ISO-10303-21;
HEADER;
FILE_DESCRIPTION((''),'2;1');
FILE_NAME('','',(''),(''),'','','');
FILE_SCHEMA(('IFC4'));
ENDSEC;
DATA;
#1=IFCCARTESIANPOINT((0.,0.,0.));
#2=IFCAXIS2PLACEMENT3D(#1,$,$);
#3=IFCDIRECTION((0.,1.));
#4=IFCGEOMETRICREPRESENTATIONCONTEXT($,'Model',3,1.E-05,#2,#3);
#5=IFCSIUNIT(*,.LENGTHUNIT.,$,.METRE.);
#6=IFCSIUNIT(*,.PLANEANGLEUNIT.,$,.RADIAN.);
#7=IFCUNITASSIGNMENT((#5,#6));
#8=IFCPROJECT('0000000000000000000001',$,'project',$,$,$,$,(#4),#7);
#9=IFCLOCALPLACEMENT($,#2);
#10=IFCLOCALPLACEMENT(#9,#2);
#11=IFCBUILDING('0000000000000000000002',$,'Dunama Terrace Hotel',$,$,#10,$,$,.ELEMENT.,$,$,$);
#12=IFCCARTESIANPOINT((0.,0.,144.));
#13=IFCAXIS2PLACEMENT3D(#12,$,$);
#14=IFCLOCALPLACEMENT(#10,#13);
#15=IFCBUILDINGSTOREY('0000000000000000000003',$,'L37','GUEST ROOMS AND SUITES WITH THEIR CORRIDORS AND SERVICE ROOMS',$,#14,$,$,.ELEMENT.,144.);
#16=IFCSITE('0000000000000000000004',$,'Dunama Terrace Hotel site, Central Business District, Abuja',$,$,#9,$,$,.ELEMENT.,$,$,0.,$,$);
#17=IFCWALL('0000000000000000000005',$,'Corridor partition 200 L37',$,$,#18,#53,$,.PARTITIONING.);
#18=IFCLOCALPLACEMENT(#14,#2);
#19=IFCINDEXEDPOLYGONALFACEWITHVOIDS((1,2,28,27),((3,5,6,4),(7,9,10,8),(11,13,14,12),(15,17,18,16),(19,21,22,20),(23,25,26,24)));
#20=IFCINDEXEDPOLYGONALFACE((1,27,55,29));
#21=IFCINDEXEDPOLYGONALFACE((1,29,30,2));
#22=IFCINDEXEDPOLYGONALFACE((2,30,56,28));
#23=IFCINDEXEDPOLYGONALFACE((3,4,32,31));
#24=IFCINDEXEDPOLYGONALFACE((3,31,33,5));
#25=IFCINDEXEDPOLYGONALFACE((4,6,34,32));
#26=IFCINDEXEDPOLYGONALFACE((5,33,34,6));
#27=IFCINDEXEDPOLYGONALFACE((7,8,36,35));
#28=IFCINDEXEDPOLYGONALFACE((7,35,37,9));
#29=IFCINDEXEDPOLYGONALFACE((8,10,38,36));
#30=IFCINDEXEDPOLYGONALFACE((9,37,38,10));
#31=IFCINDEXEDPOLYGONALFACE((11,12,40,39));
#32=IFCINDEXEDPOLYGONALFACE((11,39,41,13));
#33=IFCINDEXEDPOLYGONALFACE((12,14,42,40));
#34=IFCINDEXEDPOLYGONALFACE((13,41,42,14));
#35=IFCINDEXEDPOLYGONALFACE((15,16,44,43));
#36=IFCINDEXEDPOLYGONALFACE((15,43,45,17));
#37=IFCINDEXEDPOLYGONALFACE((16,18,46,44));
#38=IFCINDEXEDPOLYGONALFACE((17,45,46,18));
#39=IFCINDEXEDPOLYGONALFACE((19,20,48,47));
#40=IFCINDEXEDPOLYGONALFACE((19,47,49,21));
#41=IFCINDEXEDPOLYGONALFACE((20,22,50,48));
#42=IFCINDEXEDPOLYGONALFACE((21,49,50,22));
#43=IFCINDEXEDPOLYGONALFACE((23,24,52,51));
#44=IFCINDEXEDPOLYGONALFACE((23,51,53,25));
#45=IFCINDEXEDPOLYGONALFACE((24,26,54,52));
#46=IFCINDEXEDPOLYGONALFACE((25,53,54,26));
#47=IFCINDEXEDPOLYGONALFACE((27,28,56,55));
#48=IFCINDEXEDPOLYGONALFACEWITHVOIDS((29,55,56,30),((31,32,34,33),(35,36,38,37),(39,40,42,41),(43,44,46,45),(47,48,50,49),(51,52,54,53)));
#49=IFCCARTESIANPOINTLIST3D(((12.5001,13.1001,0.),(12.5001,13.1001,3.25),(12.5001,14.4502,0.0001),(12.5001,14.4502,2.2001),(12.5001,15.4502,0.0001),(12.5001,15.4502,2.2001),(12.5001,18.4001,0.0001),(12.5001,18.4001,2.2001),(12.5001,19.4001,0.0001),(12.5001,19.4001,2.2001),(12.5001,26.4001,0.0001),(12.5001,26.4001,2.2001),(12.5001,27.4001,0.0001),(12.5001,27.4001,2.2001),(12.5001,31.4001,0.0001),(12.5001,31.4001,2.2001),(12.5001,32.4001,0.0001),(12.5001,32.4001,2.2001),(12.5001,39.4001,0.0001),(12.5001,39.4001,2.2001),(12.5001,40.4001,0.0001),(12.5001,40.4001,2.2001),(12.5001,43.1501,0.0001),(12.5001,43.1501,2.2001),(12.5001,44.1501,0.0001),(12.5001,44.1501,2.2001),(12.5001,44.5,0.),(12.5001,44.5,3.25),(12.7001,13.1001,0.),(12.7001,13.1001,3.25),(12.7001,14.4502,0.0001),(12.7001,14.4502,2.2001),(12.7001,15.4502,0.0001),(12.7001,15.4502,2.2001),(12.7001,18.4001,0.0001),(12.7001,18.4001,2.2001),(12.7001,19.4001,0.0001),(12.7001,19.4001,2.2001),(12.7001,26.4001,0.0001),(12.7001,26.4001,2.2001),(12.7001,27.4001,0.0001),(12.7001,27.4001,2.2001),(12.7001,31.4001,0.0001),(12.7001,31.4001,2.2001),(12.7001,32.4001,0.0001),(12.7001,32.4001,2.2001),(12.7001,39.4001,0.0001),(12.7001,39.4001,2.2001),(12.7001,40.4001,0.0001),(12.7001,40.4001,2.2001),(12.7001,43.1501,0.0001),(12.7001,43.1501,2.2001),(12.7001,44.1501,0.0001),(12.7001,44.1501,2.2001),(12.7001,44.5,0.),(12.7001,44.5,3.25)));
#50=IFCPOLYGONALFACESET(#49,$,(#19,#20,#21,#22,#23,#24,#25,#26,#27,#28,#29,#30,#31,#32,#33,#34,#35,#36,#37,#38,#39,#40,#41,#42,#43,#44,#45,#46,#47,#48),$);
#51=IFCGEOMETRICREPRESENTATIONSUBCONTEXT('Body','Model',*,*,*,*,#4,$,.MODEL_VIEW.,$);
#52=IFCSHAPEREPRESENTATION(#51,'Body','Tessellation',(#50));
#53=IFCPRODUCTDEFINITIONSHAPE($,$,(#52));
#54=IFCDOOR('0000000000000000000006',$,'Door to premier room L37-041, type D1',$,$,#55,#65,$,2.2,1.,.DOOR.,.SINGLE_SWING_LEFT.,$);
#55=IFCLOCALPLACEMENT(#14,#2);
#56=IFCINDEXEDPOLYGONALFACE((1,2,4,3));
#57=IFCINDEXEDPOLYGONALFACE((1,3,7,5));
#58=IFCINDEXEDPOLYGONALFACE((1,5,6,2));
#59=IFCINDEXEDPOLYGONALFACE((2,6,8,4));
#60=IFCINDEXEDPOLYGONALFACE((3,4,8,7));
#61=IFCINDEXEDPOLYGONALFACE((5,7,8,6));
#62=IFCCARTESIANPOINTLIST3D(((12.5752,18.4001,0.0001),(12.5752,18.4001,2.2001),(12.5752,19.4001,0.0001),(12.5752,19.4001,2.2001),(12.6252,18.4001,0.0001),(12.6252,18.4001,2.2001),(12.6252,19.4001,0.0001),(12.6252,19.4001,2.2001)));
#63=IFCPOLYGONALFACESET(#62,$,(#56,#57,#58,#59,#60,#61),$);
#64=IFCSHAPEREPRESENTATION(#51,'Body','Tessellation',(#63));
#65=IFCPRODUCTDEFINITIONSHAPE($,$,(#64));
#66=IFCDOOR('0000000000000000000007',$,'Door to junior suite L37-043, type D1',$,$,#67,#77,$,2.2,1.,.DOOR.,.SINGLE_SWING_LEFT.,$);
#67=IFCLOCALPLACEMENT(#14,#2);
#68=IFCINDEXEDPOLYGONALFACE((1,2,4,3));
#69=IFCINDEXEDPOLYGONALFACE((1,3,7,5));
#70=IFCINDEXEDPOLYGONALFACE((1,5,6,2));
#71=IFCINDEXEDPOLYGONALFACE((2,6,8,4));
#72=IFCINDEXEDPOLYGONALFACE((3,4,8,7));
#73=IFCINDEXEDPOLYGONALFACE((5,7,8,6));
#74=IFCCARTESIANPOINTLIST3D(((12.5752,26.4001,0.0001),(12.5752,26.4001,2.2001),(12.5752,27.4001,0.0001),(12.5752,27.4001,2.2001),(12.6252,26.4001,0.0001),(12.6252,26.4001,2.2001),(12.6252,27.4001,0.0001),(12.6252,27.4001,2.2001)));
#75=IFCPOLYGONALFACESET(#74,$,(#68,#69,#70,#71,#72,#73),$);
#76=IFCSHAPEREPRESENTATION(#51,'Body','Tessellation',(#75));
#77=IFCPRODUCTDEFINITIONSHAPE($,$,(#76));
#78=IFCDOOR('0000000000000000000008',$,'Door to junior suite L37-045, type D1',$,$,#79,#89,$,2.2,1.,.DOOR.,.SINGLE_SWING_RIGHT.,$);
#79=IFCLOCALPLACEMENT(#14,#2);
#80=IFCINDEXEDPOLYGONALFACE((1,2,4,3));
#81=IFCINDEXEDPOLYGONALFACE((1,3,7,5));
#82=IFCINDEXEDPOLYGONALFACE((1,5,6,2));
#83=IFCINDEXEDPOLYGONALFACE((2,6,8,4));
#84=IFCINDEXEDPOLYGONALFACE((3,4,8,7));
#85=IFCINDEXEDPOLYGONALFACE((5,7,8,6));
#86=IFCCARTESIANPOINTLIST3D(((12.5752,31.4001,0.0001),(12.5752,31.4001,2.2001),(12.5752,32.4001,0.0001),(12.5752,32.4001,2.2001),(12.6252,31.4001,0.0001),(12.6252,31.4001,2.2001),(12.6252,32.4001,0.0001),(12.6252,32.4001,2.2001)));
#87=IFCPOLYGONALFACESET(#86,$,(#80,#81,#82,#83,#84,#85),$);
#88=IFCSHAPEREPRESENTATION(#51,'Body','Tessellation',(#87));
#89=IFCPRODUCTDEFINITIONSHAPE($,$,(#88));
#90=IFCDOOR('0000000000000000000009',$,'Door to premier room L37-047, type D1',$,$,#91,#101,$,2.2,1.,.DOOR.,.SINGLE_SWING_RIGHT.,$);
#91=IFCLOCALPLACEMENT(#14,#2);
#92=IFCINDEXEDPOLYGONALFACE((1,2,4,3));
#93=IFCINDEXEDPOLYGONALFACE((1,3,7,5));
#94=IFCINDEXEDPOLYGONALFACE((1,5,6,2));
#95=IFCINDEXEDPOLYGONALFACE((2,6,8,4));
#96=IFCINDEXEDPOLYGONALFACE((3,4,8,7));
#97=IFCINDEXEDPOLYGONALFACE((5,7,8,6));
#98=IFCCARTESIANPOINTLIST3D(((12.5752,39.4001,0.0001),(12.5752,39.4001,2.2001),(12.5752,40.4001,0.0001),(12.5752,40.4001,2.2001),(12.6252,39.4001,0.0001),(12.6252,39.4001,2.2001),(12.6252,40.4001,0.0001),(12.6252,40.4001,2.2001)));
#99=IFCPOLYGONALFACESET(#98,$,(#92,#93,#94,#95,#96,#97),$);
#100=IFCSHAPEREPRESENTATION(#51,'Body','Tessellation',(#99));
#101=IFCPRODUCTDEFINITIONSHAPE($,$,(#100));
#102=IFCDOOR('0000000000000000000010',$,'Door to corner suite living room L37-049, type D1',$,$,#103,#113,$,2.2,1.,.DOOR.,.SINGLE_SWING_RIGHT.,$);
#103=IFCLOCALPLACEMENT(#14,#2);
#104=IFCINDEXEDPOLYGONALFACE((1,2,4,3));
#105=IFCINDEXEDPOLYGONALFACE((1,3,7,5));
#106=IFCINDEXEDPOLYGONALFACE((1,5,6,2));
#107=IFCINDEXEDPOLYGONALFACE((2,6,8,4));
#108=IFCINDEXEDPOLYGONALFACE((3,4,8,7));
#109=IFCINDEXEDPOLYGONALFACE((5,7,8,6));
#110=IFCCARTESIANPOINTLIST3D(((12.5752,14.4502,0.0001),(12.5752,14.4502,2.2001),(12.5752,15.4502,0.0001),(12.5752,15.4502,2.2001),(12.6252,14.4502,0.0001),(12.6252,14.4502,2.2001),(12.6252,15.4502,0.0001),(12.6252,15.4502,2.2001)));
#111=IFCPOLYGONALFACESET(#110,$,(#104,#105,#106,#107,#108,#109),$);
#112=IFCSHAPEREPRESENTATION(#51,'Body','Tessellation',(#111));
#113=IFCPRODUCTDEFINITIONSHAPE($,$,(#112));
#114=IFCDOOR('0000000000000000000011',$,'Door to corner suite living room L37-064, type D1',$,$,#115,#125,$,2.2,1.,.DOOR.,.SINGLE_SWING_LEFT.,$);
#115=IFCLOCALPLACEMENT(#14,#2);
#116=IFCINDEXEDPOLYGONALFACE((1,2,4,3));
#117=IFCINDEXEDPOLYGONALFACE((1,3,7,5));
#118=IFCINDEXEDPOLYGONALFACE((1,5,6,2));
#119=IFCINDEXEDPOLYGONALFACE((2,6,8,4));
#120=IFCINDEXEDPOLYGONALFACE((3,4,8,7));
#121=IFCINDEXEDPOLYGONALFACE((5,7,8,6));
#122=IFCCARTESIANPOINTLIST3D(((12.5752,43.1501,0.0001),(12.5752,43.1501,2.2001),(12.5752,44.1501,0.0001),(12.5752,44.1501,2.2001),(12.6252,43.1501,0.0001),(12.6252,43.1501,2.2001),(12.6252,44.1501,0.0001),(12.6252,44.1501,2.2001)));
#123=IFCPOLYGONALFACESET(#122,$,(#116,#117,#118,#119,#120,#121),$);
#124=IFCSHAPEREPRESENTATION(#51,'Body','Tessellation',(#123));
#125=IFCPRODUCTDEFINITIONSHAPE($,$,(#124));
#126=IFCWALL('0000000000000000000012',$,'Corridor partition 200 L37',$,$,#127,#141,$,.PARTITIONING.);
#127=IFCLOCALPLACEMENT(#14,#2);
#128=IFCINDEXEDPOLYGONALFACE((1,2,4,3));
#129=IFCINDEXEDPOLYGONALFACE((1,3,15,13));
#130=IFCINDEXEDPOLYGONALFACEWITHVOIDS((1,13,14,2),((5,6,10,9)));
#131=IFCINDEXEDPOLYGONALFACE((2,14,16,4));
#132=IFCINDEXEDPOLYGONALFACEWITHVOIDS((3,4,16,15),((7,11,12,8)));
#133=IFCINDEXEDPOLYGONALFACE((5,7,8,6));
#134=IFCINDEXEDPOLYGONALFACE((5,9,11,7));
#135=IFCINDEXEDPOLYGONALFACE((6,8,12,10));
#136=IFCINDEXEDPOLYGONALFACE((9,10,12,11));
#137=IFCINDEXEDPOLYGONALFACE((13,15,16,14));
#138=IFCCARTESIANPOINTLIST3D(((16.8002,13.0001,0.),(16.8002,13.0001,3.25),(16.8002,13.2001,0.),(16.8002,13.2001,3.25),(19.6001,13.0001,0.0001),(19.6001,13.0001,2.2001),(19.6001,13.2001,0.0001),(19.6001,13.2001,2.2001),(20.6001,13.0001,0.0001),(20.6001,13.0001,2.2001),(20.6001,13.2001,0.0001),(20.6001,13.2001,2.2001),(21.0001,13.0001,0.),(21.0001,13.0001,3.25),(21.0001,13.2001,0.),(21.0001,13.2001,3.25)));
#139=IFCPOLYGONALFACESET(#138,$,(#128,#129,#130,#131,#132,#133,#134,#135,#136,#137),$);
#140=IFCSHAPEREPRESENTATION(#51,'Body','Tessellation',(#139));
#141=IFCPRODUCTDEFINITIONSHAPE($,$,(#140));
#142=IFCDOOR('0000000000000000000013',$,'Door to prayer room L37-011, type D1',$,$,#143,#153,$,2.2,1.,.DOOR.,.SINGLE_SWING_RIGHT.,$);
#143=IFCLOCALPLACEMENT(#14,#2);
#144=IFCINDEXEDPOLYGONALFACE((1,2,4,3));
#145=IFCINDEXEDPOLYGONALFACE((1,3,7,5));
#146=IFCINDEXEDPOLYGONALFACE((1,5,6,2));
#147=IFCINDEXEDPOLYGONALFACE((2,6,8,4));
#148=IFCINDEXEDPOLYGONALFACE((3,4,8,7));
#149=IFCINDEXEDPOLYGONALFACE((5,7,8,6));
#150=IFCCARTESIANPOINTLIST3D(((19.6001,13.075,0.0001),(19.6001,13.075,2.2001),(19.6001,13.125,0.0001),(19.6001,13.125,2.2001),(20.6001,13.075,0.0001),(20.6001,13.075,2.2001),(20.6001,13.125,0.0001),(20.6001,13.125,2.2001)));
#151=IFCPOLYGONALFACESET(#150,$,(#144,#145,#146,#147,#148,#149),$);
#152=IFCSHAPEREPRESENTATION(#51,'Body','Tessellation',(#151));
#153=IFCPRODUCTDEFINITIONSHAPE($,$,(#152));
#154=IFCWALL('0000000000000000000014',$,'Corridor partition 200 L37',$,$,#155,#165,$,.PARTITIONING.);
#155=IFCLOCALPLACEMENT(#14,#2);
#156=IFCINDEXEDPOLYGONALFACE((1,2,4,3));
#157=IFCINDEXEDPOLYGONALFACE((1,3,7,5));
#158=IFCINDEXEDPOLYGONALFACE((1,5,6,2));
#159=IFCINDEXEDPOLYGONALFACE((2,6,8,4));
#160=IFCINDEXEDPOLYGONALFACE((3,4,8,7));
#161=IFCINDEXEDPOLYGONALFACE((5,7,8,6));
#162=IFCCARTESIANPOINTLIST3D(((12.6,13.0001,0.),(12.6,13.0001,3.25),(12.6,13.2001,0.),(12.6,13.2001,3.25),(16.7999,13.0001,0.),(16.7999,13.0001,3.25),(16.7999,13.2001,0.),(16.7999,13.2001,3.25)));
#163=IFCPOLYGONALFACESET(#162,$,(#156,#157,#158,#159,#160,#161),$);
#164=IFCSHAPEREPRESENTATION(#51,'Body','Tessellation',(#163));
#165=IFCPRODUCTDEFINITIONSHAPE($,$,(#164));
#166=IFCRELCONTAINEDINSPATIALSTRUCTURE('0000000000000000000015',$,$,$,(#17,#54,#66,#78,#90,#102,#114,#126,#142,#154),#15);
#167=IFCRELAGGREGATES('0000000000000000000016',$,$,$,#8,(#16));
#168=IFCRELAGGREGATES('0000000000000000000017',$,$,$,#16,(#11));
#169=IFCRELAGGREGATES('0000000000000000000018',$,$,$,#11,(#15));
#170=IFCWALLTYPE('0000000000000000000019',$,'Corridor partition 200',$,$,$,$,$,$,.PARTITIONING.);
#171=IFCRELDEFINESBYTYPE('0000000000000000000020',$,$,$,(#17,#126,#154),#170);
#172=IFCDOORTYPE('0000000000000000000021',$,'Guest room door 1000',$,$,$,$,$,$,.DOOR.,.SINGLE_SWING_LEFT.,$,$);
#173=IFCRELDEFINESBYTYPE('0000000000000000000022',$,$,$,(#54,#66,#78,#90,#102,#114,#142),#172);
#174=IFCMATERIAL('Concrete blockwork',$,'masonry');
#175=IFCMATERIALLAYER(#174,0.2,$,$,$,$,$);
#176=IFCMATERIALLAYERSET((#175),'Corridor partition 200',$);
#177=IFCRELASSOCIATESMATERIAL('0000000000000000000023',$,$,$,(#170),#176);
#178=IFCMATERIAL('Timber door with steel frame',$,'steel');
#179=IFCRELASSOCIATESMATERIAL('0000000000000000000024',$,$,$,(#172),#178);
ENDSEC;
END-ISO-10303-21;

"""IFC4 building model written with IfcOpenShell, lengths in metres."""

from ifc_helpers import new_model, si_unit, direction, frame, frame_2d, origin, place, context, subcontext, project, spatial, rectangle, extrude, material, layer, layer_set, type_object, element, fill, save


model = new_model("IFC4")

# Units and contexts
model_context = context("Model", 3, precision=1e-05, world=origin(), true_north=direction((0.0, 1.0)))
body_context = subcontext(model_context, "Body", "Model", "MODEL_VIEW")
ifc_project = project(units=[si_unit("LENGTHUNIT", "METRE"), si_unit("PLANEANGLEUNIT", "RADIAN")], contexts=[model_context])

# Site, building, storey
site_placement = place(None, origin())
site = spatial("IfcSite", under=ifc_project, at=site_placement, Name="Dunama Terrace Hotel site, Central Business District, Abuja", CompositionType="ELEMENT", RefElevation=0.0)
building_placement = place(site_placement, origin())
building = spatial("IfcBuilding", under=site, at=building_placement, Name="Dunama Terrace Hotel", CompositionType="ELEMENT")
storey_placement = place(building_placement, frame((0.0, 0.0, 144.0)))
storey = spatial("IfcBuildingStorey", under=building, at=storey_placement, Name="L37", Description="GUEST ROOMS AND SUITES WITH THEIR CORRIDORS AND SERVICE ROOMS", CompositionType="ELEMENT", Elevation=144.0)

# Wall, openings, doors
ifc_material_1 = material(Name="Concrete blockwork", Category="masonry")
ifc_layer_1 = layer(ifc_material_1, 0.2)
ifc_layer_set_1 = layer_set([ifc_layer_1], Name="Corridor partition 200")
wall_type_1 = type_object("IfcWallType", Name="Corridor partition 200", PredefinedType="PARTITIONING", material=ifc_layer_set_1)
wall_1_placement = place(storey_placement, frame((12.6001, 13.1001, 0.0), z_axis=(0.0, 0.0, 1.0), x_axis=(0.0, 1.0, 0.0)))
wall_1 = element("IfcWall", 1, at=wall_1_placement, inside=storey, type_object=wall_type_1, Name="Corridor partition 200 L37", PredefinedType="PARTITIONING", context=body_context, shape_type="SweptSolid", body=[
    extrude(rectangle(XDim=31.3999, YDim=0.2, at=frame_2d((15.7, 0.0))), origin(), (0.0, 0.0, 1.0), 3.25),
])
opening_1_placement = place(wall_1_placement, frame((5.3, 0.0, 0.0)))
opening_1 = element("IfcOpeningElement", 2, at=opening_1_placement, cuts=wall_1, PredefinedType="OPENING", context=body_context, shape_type="SweptSolid", body=[
    extrude(rectangle(XDim=1.0, YDim=2.2, at=frame_2d((0.5, 1.1001))), frame((0.0, 0.1099, 0.0), z_axis=(0.0, -1.0, 0.0), x_axis=(1.0, 0.0, 0.0)), (0.0, 0.0, 1.0), 0.22),
])
opening_2_placement = place(wall_1_placement, frame((13.3, 0.0, 0.0)))
opening_2 = element("IfcOpeningElement", 3, at=opening_2_placement, cuts=wall_1, PredefinedType="OPENING", context=body_context, shape_type="SweptSolid", body=[
    extrude(rectangle(XDim=1.0, YDim=2.2, at=frame_2d((0.5, 1.1001))), frame((0.0, 0.1099, 0.0), z_axis=(0.0, -1.0, 0.0), x_axis=(1.0, 0.0, 0.0)), (0.0, 0.0, 1.0), 0.22),
])
opening_3_placement = place(wall_1_placement, frame((18.3, 0.0, 0.0)))
opening_3 = element("IfcOpeningElement", 4, at=opening_3_placement, cuts=wall_1, PredefinedType="OPENING", context=body_context, shape_type="SweptSolid", body=[
    extrude(rectangle(XDim=1.0, YDim=2.2, at=frame_2d((0.5, 1.1001))), frame((0.0, 0.1099, 0.0), z_axis=(0.0, -1.0, 0.0), x_axis=(1.0, 0.0, 0.0)), (0.0, 0.0, 1.0), 0.22),
])
opening_4_placement = place(wall_1_placement, frame((26.3, 0.0, 0.0)))
opening_4 = element("IfcOpeningElement", 5, at=opening_4_placement, cuts=wall_1, PredefinedType="OPENING", context=body_context, shape_type="SweptSolid", body=[
    extrude(rectangle(XDim=1.0, YDim=2.2, at=frame_2d((0.5, 1.1001))), frame((0.0, 0.1099, 0.0), z_axis=(0.0, -1.0, 0.0), x_axis=(1.0, 0.0, 0.0)), (0.0, 0.0, 1.0), 0.22),
])
opening_5_placement = place(wall_1_placement, frame((1.3501, 0.0, 0.0)))
opening_5 = element("IfcOpeningElement", 6, at=opening_5_placement, cuts=wall_1, PredefinedType="OPENING", context=body_context, shape_type="SweptSolid", body=[
    extrude(rectangle(XDim=1.0, YDim=2.2, at=frame_2d((0.5, 1.1001))), frame((0.0, 0.1099, 0.0), z_axis=(0.0, -1.0, 0.0), x_axis=(1.0, 0.0, 0.0)), (0.0, 0.0, 1.0), 0.22),
])
opening_6_placement = place(wall_1_placement, frame((30.05, 0.0, 0.0)))
opening_6 = element("IfcOpeningElement", 7, at=opening_6_placement, cuts=wall_1, PredefinedType="OPENING", context=body_context, shape_type="SweptSolid", body=[
    extrude(rectangle(XDim=1.0, YDim=2.2, at=frame_2d((0.5, 1.1001))), frame((0.0, 0.1099, 0.0), z_axis=(0.0, -1.0, 0.0), x_axis=(1.0, 0.0, 0.0)), (0.0, 0.0, 1.0), 0.22),
])
ifc_material_2 = material(Name="Timber door with steel frame", Category="steel")
door_type_1 = type_object("IfcDoorType", Name="Guest room door 1000", OperationType="SINGLE_SWING_LEFT", PredefinedType="DOOR", material=ifc_material_2)
door_1_placement = place(opening_1_placement, origin())
door_1 = element("IfcDoor", 8, at=door_1_placement, inside=storey, type_object=door_type_1, Name="Door to premier room L37-041, type D1", OperationType="SINGLE_SWING_LEFT", OverallHeight=2.2, OverallWidth=1.0, PredefinedType="DOOR", context=body_context, shape_type="SweptSolid", body=[
    extrude(rectangle(XDim=1.0, YDim=2.2, at=frame_2d((0.5, 1.1001))), frame((0.0, 0.0249, 0.0), z_axis=(0.0, -1.0, 0.0), x_axis=(1.0, 0.0, 0.0)), (0.0, 0.0, 1.0), 0.05),
])
fill(opening_1, door_1)
door_2_placement = place(opening_2_placement, origin())
door_2 = element("IfcDoor", 9, at=door_2_placement, inside=storey, type_object=door_type_1, Name="Door to junior suite L37-043, type D1", OperationType="SINGLE_SWING_LEFT", OverallHeight=2.2, OverallWidth=1.0, PredefinedType="DOOR", context=body_context, shape_type="SweptSolid", body=[
    extrude(rectangle(XDim=1.0, YDim=2.2, at=frame_2d((0.5, 1.1001))), frame((0.0, 0.0249, 0.0), z_axis=(0.0, -1.0, 0.0), x_axis=(1.0, 0.0, 0.0)), (0.0, 0.0, 1.0), 0.05),
])
fill(opening_2, door_2)
door_3_placement = place(opening_3_placement, origin())
door_3 = element("IfcDoor", 10, at=door_3_placement, inside=storey, type_object=door_type_1, Name="Door to junior suite L37-045, type D1", OperationType="SINGLE_SWING_RIGHT", OverallHeight=2.2, OverallWidth=1.0, PredefinedType="DOOR", context=body_context, shape_type="SweptSolid", body=[
    extrude(rectangle(XDim=1.0, YDim=2.2, at=frame_2d((0.5, 1.1001))), frame((0.0, 0.0249, 0.0), z_axis=(0.0, -1.0, 0.0), x_axis=(1.0, 0.0, 0.0)), (0.0, 0.0, 1.0), 0.05),
])
fill(opening_3, door_3)
door_4_placement = place(opening_4_placement, origin())
door_4 = element("IfcDoor", 11, at=door_4_placement, inside=storey, type_object=door_type_1, Name="Door to premier room L37-047, type D1", OperationType="SINGLE_SWING_RIGHT", OverallHeight=2.2, OverallWidth=1.0, PredefinedType="DOOR", context=body_context, shape_type="SweptSolid", body=[
    extrude(rectangle(XDim=1.0, YDim=2.2, at=frame_2d((0.5, 1.1001))), frame((0.0, 0.0249, 0.0), z_axis=(0.0, -1.0, 0.0), x_axis=(1.0, 0.0, 0.0)), (0.0, 0.0, 1.0), 0.05),
])
fill(opening_4, door_4)
door_5_placement = place(opening_5_placement, origin())
door_5 = element("IfcDoor", 12, at=door_5_placement, inside=storey, type_object=door_type_1, Name="Door to corner suite living room L37-049, type D1", OperationType="SINGLE_SWING_RIGHT", OverallHeight=2.2, OverallWidth=1.0, PredefinedType="DOOR", context=body_context, shape_type="SweptSolid", body=[
    extrude(rectangle(XDim=1.0, YDim=2.2, at=frame_2d((0.5, 1.1001))), frame((0.0, 0.0249, 0.0), z_axis=(0.0, -1.0, 0.0), x_axis=(1.0, 0.0, 0.0)), (0.0, 0.0, 1.0), 0.05),
])
fill(opening_5, door_5)
door_6_placement = place(opening_6_placement, origin())
door_6 = element("IfcDoor", 13, at=door_6_placement, inside=storey, type_object=door_type_1, Name="Door to corner suite living room L37-064, type D1", OperationType="SINGLE_SWING_LEFT", OverallHeight=2.2, OverallWidth=1.0, PredefinedType="DOOR", context=body_context, shape_type="SweptSolid", body=[
    extrude(rectangle(XDim=1.0, YDim=2.2, at=frame_2d((0.5, 1.1001))), frame((0.0, 0.0249, 0.0), z_axis=(0.0, -1.0, 0.0), x_axis=(1.0, 0.0, 0.0)), (0.0, 0.0, 1.0), 0.05),
])
fill(opening_6, door_6)

# Wall, opening, door
wall_2_placement = place(storey_placement, frame((16.8, 13.1001, 0.0), z_axis=(0.0, 0.0, 1.0), x_axis=(1.0, 0.0, 0.0)))
wall_2 = element("IfcWall", 14, at=wall_2_placement, inside=storey, type_object=wall_type_1, Name="Corridor partition 200 L37", PredefinedType="PARTITIONING", context=body_context, shape_type="SweptSolid", body=[
    extrude(rectangle(XDim=4.2, YDim=0.2, at=frame_2d((2.1001, 0.0))), origin(), (0.0, 0.0, 1.0), 3.25),
])
opening_7_placement = place(wall_2_placement, frame((2.8, 0.0, 0.0)))
opening_7 = element("IfcOpeningElement", 15, at=opening_7_placement, cuts=wall_2, PredefinedType="OPENING", context=body_context, shape_type="SweptSolid", body=[
    extrude(rectangle(XDim=1.0, YDim=2.2, at=frame_2d((0.5, 1.1001))), frame((0.0, 0.1099, 0.0), z_axis=(0.0, -1.0, 0.0), x_axis=(1.0, 0.0, 0.0)), (0.0, 0.0, 1.0), 0.22),
])
door_7_placement = place(opening_7_placement, origin())
door_7 = element("IfcDoor", 16, at=door_7_placement, inside=storey, type_object=door_type_1, Name="Door to prayer room L37-011, type D1", OperationType="SINGLE_SWING_RIGHT", OverallHeight=2.2, OverallWidth=1.0, PredefinedType="DOOR", context=body_context, shape_type="SweptSolid", body=[
    extrude(rectangle(XDim=1.0, YDim=2.2, at=frame_2d((0.5, 1.1001))), frame((0.0, 0.0249, 0.0), z_axis=(0.0, -1.0, 0.0), x_axis=(1.0, 0.0, 0.0)), (0.0, 0.0, 1.0), 0.05),
])
fill(opening_7, door_7)

# Wall
wall_3_placement = place(storey_placement, frame((16.8, 13.1001, 0.0), z_axis=(0.0, 0.0, 1.0), x_axis=(-1.0, 0.0, 0.0)))
element("IfcWall", 17, at=wall_3_placement, inside=storey, type_object=wall_type_1, Name="Corridor partition 200 L37", PredefinedType="PARTITIONING", context=body_context, shape_type="SweptSolid", body=[
    extrude(rectangle(XDim=4.2, YDim=0.2, at=frame_2d((2.1001, 0.0))), origin(), (0.0, 0.0, 1.0), 3.25),
])

save(model, "model.ifc")
